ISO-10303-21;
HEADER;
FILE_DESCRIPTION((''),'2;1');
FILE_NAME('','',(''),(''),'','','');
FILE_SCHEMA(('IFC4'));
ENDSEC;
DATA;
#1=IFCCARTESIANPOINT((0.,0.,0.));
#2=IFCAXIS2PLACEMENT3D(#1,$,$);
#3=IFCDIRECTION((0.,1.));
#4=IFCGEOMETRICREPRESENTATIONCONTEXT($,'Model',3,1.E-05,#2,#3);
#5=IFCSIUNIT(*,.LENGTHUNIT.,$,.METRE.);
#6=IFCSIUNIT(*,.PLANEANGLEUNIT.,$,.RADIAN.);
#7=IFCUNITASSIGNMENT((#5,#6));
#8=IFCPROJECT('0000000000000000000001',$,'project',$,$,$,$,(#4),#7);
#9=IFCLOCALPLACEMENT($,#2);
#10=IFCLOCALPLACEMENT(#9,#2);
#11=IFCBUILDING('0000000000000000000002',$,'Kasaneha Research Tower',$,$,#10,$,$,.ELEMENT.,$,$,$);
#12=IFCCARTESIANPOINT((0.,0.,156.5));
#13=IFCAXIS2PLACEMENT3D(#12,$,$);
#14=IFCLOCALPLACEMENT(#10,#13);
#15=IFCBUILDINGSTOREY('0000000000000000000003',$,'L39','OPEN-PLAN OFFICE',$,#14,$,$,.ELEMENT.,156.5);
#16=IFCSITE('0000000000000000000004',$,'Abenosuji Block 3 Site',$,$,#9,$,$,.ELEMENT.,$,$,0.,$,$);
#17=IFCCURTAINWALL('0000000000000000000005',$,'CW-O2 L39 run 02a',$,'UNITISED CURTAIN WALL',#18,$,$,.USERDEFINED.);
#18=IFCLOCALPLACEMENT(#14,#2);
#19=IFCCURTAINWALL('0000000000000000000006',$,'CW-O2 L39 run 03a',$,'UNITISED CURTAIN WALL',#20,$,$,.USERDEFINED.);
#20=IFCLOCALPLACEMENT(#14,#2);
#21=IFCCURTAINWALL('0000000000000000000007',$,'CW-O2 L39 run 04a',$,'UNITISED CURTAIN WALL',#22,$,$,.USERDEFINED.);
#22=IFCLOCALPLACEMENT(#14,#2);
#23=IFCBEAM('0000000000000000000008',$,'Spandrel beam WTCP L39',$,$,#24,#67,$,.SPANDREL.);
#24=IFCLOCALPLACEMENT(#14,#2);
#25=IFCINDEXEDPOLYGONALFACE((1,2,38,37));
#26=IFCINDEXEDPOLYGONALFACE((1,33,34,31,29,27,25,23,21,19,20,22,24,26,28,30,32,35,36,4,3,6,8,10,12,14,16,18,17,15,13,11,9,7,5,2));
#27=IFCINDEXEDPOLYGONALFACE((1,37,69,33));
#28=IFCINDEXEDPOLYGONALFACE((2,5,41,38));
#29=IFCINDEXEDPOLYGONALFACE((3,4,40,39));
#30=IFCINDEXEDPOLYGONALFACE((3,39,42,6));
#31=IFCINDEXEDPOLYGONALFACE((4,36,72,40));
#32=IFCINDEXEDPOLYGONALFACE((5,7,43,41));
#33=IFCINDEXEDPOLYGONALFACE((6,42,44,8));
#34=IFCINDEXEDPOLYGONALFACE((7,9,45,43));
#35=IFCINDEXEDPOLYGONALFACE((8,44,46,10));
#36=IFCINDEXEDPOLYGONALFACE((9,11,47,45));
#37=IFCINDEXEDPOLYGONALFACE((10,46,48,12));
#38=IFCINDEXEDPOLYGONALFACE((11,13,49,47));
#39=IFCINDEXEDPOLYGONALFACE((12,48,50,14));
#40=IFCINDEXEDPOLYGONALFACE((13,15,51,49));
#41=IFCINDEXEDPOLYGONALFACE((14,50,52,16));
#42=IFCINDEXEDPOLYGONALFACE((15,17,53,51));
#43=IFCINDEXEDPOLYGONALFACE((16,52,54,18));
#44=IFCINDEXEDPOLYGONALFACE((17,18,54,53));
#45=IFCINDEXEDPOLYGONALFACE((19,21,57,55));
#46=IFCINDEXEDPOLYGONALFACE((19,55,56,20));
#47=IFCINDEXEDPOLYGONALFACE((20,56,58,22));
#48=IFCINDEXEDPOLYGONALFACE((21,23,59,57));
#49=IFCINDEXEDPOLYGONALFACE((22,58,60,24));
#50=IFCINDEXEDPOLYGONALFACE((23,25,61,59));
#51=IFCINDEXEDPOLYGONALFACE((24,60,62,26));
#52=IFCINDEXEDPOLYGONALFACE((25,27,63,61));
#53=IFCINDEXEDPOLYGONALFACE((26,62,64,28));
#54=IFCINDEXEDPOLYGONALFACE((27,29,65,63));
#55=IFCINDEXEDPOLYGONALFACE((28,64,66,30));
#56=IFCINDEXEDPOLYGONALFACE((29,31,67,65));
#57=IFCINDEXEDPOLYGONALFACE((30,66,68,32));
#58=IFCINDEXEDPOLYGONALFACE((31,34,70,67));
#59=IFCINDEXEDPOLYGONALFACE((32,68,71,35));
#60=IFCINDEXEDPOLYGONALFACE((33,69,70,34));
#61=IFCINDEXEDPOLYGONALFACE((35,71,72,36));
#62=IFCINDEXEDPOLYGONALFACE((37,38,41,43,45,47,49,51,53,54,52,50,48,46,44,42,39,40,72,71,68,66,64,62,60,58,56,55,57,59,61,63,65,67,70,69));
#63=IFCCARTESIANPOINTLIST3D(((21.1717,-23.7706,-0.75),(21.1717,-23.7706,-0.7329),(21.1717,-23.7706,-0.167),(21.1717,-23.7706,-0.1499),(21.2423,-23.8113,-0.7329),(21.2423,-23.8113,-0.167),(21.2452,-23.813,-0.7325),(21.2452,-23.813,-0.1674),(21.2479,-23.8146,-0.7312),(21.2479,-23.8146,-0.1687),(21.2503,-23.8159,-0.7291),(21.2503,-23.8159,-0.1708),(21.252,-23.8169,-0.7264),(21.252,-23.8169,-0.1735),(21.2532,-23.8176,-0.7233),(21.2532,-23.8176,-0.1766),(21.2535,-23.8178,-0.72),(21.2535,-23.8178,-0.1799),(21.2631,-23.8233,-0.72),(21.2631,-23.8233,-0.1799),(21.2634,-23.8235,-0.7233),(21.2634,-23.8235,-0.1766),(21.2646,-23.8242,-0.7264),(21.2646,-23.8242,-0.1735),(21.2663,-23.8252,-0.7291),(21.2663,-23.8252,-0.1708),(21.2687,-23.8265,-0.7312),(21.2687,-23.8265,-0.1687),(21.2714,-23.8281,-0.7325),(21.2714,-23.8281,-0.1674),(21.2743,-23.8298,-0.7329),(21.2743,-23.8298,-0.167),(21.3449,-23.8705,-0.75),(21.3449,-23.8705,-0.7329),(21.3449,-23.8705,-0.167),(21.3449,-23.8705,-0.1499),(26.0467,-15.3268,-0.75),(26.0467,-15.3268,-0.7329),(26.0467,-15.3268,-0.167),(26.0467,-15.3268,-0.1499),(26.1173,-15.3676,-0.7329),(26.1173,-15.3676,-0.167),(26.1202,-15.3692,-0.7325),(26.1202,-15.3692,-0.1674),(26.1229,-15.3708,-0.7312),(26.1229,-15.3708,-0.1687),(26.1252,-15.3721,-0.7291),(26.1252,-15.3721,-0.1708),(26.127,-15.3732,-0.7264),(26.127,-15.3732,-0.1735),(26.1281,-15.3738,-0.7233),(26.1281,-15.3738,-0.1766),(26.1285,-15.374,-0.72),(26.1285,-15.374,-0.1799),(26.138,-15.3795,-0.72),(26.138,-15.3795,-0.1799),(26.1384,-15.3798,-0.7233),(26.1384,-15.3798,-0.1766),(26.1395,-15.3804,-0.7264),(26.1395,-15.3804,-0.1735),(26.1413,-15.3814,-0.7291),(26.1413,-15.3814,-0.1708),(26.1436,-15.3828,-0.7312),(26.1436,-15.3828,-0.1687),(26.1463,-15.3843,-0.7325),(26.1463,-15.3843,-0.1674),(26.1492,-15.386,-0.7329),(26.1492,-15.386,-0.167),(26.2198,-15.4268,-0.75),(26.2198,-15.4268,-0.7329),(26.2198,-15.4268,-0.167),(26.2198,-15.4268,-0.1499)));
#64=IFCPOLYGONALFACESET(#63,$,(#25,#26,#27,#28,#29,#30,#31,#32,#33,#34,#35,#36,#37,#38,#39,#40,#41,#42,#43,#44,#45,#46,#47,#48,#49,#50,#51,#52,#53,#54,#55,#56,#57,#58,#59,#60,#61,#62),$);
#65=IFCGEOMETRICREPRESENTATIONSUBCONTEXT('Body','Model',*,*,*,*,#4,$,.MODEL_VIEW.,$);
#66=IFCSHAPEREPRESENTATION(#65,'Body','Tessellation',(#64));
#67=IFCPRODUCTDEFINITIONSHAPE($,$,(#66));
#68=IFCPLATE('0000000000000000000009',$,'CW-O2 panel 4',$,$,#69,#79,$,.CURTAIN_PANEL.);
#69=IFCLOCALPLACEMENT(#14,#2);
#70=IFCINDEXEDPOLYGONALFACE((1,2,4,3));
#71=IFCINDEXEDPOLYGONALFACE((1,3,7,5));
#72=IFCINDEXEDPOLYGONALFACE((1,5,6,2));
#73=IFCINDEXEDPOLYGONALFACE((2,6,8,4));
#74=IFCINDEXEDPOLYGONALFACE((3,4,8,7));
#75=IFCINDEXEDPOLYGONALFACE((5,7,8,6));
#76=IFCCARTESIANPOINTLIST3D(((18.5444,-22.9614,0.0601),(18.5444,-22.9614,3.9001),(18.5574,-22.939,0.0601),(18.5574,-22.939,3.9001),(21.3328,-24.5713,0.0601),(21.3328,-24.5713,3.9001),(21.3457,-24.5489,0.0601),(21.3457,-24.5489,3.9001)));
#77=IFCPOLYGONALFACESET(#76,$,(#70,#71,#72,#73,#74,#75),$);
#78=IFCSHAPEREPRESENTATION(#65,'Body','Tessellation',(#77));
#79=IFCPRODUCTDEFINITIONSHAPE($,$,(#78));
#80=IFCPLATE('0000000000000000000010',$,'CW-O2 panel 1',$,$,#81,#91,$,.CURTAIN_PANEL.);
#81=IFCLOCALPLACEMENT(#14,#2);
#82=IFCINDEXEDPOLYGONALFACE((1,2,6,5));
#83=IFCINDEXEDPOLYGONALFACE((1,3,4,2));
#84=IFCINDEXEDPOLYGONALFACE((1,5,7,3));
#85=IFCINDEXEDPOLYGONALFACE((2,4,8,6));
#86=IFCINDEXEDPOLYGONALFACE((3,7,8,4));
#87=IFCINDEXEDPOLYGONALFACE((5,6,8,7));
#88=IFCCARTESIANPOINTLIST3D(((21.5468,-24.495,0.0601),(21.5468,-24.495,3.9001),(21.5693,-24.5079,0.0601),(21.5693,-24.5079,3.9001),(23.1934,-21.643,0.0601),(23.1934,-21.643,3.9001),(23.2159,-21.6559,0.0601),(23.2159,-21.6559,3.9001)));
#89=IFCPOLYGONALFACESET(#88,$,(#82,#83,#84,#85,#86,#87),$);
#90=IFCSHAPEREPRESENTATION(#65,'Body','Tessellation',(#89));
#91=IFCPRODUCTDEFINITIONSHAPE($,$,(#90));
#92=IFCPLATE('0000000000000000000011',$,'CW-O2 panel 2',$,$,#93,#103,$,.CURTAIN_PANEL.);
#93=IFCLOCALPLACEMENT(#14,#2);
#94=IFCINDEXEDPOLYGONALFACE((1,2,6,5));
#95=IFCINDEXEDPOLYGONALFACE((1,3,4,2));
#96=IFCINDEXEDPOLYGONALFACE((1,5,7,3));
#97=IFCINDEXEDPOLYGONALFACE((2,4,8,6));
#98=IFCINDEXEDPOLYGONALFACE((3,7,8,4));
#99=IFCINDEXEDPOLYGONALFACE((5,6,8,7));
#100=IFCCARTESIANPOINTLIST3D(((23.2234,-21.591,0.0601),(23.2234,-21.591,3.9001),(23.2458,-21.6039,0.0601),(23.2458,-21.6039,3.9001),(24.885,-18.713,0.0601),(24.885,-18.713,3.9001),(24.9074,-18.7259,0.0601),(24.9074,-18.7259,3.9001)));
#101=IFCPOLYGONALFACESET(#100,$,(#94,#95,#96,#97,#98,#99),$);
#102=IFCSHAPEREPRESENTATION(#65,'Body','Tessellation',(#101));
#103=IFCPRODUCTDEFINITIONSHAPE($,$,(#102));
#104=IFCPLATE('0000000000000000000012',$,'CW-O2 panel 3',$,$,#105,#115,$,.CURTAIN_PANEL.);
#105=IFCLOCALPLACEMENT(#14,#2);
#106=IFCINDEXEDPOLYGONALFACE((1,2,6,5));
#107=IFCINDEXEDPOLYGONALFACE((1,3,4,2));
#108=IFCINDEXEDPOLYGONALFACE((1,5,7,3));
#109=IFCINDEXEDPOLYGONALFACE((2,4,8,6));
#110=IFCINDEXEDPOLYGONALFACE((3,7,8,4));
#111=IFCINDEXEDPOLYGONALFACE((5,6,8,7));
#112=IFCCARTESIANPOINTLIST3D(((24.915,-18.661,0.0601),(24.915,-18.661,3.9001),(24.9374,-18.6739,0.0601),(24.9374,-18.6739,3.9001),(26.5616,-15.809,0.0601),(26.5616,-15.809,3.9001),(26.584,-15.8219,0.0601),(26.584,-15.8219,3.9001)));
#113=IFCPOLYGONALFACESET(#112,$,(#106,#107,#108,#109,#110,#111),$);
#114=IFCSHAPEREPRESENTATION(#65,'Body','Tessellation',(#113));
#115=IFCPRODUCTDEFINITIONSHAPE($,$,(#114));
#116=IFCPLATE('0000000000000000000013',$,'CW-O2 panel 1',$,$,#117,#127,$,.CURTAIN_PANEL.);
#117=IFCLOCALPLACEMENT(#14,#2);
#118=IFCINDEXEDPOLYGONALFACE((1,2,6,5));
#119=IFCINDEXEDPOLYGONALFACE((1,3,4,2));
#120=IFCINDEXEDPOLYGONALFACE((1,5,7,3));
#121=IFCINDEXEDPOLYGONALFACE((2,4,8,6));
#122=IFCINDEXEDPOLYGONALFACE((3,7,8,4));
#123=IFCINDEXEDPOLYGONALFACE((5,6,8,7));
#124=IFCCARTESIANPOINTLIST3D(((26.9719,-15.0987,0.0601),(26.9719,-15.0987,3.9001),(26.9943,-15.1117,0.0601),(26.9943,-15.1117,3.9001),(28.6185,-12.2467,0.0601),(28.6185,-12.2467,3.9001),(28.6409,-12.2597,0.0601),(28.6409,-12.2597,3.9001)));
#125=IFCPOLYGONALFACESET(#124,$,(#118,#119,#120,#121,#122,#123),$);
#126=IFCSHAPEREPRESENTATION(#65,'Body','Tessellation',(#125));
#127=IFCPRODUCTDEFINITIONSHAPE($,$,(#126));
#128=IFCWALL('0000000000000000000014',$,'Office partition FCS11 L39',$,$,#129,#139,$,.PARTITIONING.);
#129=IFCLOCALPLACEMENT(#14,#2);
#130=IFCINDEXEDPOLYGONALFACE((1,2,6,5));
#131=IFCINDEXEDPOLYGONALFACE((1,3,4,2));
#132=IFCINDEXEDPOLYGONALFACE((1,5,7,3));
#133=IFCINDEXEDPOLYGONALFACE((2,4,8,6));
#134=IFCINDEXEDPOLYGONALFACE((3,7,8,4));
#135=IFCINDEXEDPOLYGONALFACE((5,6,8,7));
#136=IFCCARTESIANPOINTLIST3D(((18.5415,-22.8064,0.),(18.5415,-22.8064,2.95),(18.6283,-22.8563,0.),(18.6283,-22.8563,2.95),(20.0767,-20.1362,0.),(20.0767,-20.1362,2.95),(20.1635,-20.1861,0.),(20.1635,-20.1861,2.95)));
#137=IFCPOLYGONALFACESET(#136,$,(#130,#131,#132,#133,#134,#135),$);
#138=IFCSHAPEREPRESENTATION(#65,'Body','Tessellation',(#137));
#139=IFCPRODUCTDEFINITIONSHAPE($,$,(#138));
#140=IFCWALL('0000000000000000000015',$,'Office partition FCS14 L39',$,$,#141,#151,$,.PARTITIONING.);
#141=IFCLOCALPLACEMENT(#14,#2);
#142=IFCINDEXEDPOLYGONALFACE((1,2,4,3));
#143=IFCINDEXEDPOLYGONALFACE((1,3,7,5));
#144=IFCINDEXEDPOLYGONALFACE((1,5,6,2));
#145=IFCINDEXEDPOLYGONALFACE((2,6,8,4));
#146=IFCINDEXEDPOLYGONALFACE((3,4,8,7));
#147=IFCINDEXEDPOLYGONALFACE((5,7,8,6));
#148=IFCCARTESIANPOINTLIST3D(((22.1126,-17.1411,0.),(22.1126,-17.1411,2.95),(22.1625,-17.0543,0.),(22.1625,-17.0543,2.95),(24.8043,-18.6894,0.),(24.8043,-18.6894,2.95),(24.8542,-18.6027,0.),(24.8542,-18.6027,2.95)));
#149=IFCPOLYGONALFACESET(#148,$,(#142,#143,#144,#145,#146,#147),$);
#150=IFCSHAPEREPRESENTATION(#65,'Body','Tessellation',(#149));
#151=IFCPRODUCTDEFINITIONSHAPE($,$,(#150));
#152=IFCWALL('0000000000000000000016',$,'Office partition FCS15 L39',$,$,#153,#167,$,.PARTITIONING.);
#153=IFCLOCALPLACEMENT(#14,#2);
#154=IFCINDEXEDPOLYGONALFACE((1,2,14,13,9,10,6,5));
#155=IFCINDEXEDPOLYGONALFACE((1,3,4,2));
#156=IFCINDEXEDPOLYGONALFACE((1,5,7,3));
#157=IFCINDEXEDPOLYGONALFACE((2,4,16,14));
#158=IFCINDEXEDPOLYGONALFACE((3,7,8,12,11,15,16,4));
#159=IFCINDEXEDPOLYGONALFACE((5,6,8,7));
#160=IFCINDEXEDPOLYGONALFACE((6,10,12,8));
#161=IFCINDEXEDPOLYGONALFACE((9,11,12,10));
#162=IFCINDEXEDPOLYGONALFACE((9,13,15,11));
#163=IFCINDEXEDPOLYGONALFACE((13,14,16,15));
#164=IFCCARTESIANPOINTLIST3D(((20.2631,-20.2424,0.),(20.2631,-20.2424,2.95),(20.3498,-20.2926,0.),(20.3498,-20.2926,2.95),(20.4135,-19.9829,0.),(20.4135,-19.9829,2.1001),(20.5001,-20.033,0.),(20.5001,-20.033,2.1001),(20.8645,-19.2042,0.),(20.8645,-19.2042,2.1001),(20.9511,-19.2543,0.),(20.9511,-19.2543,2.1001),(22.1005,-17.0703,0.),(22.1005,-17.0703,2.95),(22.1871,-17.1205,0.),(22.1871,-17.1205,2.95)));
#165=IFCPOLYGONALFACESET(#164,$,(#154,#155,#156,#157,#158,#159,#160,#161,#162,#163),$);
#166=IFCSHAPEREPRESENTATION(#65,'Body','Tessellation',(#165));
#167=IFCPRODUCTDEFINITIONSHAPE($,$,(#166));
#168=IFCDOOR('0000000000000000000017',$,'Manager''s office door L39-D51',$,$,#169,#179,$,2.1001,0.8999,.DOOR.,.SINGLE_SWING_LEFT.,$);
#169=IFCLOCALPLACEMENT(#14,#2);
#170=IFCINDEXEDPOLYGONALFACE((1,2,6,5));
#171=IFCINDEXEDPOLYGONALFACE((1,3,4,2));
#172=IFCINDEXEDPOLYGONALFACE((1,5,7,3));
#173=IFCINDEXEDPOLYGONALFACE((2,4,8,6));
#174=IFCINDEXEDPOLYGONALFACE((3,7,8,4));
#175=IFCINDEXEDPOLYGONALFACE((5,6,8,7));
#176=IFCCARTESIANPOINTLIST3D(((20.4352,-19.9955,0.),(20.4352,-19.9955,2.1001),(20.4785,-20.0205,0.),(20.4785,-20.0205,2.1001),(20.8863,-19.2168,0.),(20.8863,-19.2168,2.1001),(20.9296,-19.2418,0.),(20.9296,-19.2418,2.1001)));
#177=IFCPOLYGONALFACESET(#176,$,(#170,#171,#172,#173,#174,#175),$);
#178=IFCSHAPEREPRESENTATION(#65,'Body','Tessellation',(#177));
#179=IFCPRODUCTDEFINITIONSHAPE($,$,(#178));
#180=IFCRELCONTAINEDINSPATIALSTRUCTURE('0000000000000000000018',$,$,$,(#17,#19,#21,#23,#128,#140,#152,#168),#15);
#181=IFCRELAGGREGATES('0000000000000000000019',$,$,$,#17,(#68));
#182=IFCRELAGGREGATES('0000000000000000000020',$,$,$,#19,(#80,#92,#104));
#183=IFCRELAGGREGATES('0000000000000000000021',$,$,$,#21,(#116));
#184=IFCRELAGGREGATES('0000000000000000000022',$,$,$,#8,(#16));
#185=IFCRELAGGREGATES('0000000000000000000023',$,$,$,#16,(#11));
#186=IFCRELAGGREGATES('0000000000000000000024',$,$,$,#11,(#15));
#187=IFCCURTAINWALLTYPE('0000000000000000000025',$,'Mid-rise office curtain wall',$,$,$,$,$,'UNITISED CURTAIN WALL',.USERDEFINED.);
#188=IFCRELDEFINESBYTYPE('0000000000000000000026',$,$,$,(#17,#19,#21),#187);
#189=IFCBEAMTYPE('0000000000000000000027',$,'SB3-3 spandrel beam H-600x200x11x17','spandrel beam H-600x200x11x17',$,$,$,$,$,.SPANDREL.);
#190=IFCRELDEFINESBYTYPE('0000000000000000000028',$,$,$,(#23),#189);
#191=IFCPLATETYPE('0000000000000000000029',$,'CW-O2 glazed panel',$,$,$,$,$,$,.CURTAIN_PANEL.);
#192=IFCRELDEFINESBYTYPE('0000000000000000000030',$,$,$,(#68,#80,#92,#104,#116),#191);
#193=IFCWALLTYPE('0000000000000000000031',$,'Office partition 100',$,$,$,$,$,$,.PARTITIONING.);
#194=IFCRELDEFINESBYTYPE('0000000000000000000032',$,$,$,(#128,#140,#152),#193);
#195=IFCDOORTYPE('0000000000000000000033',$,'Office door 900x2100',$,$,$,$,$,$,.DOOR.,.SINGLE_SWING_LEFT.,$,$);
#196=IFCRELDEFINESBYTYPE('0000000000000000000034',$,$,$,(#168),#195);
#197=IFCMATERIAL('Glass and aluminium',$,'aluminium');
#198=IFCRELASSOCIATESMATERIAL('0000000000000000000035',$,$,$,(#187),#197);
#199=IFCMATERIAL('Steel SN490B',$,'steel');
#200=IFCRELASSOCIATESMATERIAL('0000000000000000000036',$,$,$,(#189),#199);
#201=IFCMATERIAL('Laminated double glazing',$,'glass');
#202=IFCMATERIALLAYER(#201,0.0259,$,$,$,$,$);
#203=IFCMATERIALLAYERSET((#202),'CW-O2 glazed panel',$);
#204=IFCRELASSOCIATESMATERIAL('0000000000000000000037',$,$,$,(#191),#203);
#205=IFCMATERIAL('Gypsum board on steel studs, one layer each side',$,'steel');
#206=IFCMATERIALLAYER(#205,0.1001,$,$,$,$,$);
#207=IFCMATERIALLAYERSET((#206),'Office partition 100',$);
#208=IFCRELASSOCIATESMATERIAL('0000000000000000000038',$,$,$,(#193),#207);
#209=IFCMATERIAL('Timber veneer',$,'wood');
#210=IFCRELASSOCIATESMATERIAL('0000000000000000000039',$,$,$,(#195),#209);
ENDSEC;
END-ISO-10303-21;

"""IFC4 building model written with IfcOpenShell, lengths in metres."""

from ifc_helpers import new_model, si_unit, direction, frame, frame_2d, origin, origin_2d, place, context, subcontext, project, spatial, rectangle, i_section, extrude, material, layer, layer_set, material_profile, profile_set, type_object, element, fill, aggregate, save


model = new_model("IFC4")

# Units and contexts
model_context = context("Model", 3, precision=1e-05, world=origin(), true_north=direction((0.0, 1.0)))
body_context = subcontext(model_context, "Body", "Model", "MODEL_VIEW")
ifc_project = project(units=[si_unit("LENGTHUNIT", "METRE"), si_unit("PLANEANGLEUNIT", "RADIAN")], contexts=[model_context])

# Site, building, storey
site_placement = place(None, origin())
site = spatial("IfcSite", under=ifc_project, at=site_placement, Name="Abenosuji Block 3 Site", CompositionType="ELEMENT", RefElevation=0.0)
building_placement = place(site_placement, origin())
building = spatial("IfcBuilding", under=site, at=building_placement, Name="Kasaneha Research Tower", CompositionType="ELEMENT")
storey_placement = place(building_placement, frame((0.0, 0.0, 156.5)))
storey = spatial("IfcBuildingStorey", under=building, at=storey_placement, Name="L39", Description="OPEN-PLAN OFFICE", CompositionType="ELEMENT", Elevation=156.5)

# Curtain wall
ifc_material_1 = material(Name="Glass and aluminium", Category="aluminium")
curtain_wall_type = type_object("IfcCurtainWallType", Name="Mid-rise office curtain wall", ElementType="UNITISED CURTAIN WALL", PredefinedType="USERDEFINED", material=ifc_material_1)
curtain_wall_1_placement = place(storey_placement, origin())
curtain_wall_1 = element("IfcCurtainWall", 1, at=curtain_wall_1_placement, inside=storey, type_object=curtain_wall_type, Name="CW-O2 L39 run 02a", ObjectType="UNITISED CURTAIN WALL", PredefinedType="USERDEFINED")

# Curtain walls
curtain_wall_2_placement = place(storey_placement, origin())
curtain_wall_2 = element("IfcCurtainWall", 2, at=curtain_wall_2_placement, inside=storey, type_object=curtain_wall_type, Name="CW-O2 L39 run 03a", ObjectType="UNITISED CURTAIN WALL", PredefinedType="USERDEFINED")
curtain_wall_3_placement = place(storey_placement, origin())
curtain_wall_3 = element("IfcCurtainWall", 3, at=curtain_wall_3_placement, inside=storey, type_object=curtain_wall_type, Name="CW-O2 L39 run 04a", ObjectType="UNITISED CURTAIN WALL", PredefinedType="USERDEFINED")

# Beam
ifc_material_2 = material(Name="Steel SN490B", Category="steel")
ifc_material_profile_1 = material_profile(ifc_material_2, i_section(OverallWidth=0.2, OverallDepth=0.6001, WebThickness=0.011, FlangeThickness=0.0171, FilletRadius=0.0129, at=origin_2d()), Name="H-600x200x11x17")
ifc_profile_set_1 = profile_set([ifc_material_profile_1], Name="Steel SN490B")
beam_type = type_object("IfcBeamType", Name="SB3-3 spandrel beam H-600x200x11x17", Description="spandrel beam H-600x200x11x17", PredefinedType="SPANDREL", material=ifc_profile_set_1)
beam_placement = place(storey_placement, frame((21.2583, -23.8206, -0.45), z_axis=(0.499996, 0.866028, 0.0), x_axis=(-0.866028, 0.499996, 0.0)))
element("IfcBeam", 4, at=beam_placement, inside=storey, type_object=beam_type, Name="Spandrel beam WTCP L39", PredefinedType="SPANDREL", context=body_context, shape_type="SweptSolid", body=[
    extrude(i_section(OverallWidth=0.2, OverallDepth=0.6001, WebThickness=0.011, FlangeThickness=0.0171, FilletRadius=0.0129, at=origin_2d()), origin(), (0.0, 0.0, 1.0), 9.75),
])

# Plates
ifc_material_3 = material(Name="Laminated double glazing", Category="glass")
ifc_layer_1 = layer(ifc_material_3, 0.0259)
ifc_layer_set_1 = layer_set([ifc_layer_1], Name="CW-O2 glazed panel")
plate_type = type_object("IfcPlateType", Name="CW-O2 glazed panel", PredefinedType="CURTAIN_PANEL", material=ifc_layer_set_1)
plate_1_placement = place(storey_placement, frame((19.9451, -23.7551, 0.0601), z_axis=(0.0, 0.0, 1.0), x_axis=(0.866025, -0.5, 0.0)))
plate_1 = element("IfcPlate", 5, at=plate_1_placement, type_object=plate_type, Name="CW-O2 panel 4", PredefinedType="CURTAIN_PANEL", context=body_context, shape_type="SweptSolid", body=[
    extrude(rectangle(XDim=3.2197, YDim=0.0259, at=origin_2d()), origin(), (0.0, 0.0, 1.0), 3.8401),
])
aggregate(curtain_wall_1, [plate_1])
plate_2_placement = place(storey_placement, frame((22.3813, -23.0754, 0.0601), z_axis=(0.0, 0.0, 1.0), x_axis=(0.5, 0.866025, 0.0)))
plate_2 = element("IfcPlate", 6, at=plate_2_placement, type_object=plate_type, Name="CW-O2 panel 1", PredefinedType="CURTAIN_PANEL", context=body_context, shape_type="SweptSolid", body=[
    extrude(rectangle(XDim=3.2932, YDim=0.0259, at=origin_2d()), origin(), (0.0, 0.0, 1.0), 3.8401),
])
plate_3_placement = place(storey_placement, frame((24.0654, -20.1584, 0.0601), z_axis=(0.0, 0.0, 1.0), x_axis=(0.5, 0.866025, 0.0)))
plate_3 = element("IfcPlate", 7, at=plate_3_placement, type_object=plate_type, Name="CW-O2 panel 2", PredefinedType="CURTAIN_PANEL", context=body_context, shape_type="SweptSolid", body=[
    extrude(rectangle(XDim=3.3232, YDim=0.0259, at=origin_2d()), origin(), (0.0, 0.0, 1.0), 3.8401),
])
plate_4_placement = place(storey_placement, frame((25.7495, -17.2415, 0.0601), z_axis=(0.0, 0.0, 1.0), x_axis=(0.5, 0.866025, 0.0)))
plate_4 = element("IfcPlate", 8, at=plate_4_placement, type_object=plate_type, Name="CW-O2 panel 3", PredefinedType="CURTAIN_PANEL", context=body_context, shape_type="SweptSolid", body=[
    extrude(rectangle(XDim=3.2932, YDim=0.0259, at=origin_2d()), origin(), (0.0, 0.0, 1.0), 3.8401),
])
aggregate(curtain_wall_2, [plate_2, plate_3, plate_4])
plate_5_placement = place(storey_placement, frame((27.8064, -13.6792, 0.0601), z_axis=(0.0, 0.0, 1.0), x_axis=(0.5, 0.866025, 0.0)))
plate_5 = element("IfcPlate", 9, at=plate_5_placement, type_object=plate_type, Name="CW-O2 panel 1", PredefinedType="CURTAIN_PANEL", context=body_context, shape_type="SweptSolid", body=[
    extrude(rectangle(XDim=3.2932, YDim=0.0259, at=origin_2d()), origin(), (0.0, 0.0, 1.0), 3.8401),
])
aggregate(curtain_wall_3, [plate_5])

# Walls
ifc_material_4 = material(Name="Gypsum board on steel studs, one layer each side", Category="steel")
ifc_layer_2 = layer(ifc_material_4, 0.1001)
ifc_layer_set_2 = layer_set([ifc_layer_2], Name="Office partition 100")
wall_type_1 = type_object("IfcWallType", Name="Office partition 100", PredefinedType="PARTITIONING", material=ifc_layer_set_2)
wall_1_placement = place(storey_placement, frame((20.1201, -20.1611, 0.0), z_axis=(0.0, 0.0, 1.0), x_axis=(-0.498425, -0.866933, 0.0)))
element("IfcWall", 10, at=wall_1_placement, inside=storey, type_object=wall_type_1, Name="Office partition FCS11 L39", PredefinedType="PARTITIONING", context=body_context, shape_type="SweptSolid", body=[
    extrude(rectangle(XDim=3.0801, YDim=0.1001, at=frame_2d((1.54, 0.0))), origin(), (0.0, 0.0, 1.0), 2.95),
])
wall_2_placement = place(storey_placement, frame((22.1375, -17.0977, 0.0), z_axis=(0.0, 0.0, 1.0), x_axis=(0.866817, -0.498626, 0.0)))
element("IfcWall", 11, at=wall_2_placement, inside=storey, type_object=wall_type_1, Name="Office partition FCS14 L39", PredefinedType="PARTITIONING", context=body_context, shape_type="SweptSolid", body=[
    extrude(rectangle(XDim=3.1052, YDim=0.1001, at=frame_2d((1.5527, 0.0))), origin(), (0.0, 0.0, 1.0), 2.95),
])

# Wall, opening, door
wall_3_placement = place(storey_placement, frame((20.3064, -20.2676, 0.0), z_axis=(0.0, 0.0, 1.0), x_axis=(0.501223, 0.865318, 0.0)))
wall_3 = element("IfcWall", 12, at=wall_3_placement, inside=storey, type_object=wall_type_1, Name="Office partition FCS15 L39", PredefinedType="PARTITIONING", context=body_context, shape_type="SweptSolid", body=[
    extrude(rectangle(XDim=3.6658, YDim=0.1001, at=frame_2d((1.833, 0.0))), origin(), (0.0, 0.0, 1.0), 2.95),
])
opening_1_placement = place(wall_3_placement, frame((0.3, 0.0, 0.0)))
opening_1 = element("IfcOpeningElement", 13, at=opening_1_placement, cuts=wall_3, PredefinedType="OPENING", context=body_context, shape_type="SweptSolid", body=[
    extrude(rectangle(XDim=0.8999, YDim=2.1001, at=frame_2d((0.45, 1.05))), frame((0.0, 0.0601, 0.0), z_axis=(0.0, -1.0, 0.0), x_axis=(1.0, 0.0, 0.0)), (0.0, 0.0, 1.0), 0.1201),
])
ifc_material_5 = material(Name="Timber veneer", Category="wood")
door_type_1 = type_object("IfcDoorType", Name="Office door 900x2100", OperationType="SINGLE_SWING_LEFT", PredefinedType="DOOR", material=ifc_material_5)
door_1_placement = place(opening_1_placement, origin())
door_1 = element("IfcDoor", 14, at=door_1_placement, inside=storey, type_object=door_type_1, Name="Manager's office door L39-D51", OperationType="SINGLE_SWING_LEFT", OverallHeight=2.1001, OverallWidth=0.8999, PredefinedType="DOOR", context=body_context, shape_type="SweptSolid", body=[
    extrude(rectangle(XDim=0.8999, YDim=2.1001, at=frame_2d((0.45, 1.05))), frame((0.0, 0.0249, 0.0), z_axis=(0.0, -1.0, 0.0), x_axis=(1.0, 0.0, 0.0)), (0.0, 0.0, 1.0), 0.05),
])
fill(opening_1, door_1)

save(model, "model.ifc")
